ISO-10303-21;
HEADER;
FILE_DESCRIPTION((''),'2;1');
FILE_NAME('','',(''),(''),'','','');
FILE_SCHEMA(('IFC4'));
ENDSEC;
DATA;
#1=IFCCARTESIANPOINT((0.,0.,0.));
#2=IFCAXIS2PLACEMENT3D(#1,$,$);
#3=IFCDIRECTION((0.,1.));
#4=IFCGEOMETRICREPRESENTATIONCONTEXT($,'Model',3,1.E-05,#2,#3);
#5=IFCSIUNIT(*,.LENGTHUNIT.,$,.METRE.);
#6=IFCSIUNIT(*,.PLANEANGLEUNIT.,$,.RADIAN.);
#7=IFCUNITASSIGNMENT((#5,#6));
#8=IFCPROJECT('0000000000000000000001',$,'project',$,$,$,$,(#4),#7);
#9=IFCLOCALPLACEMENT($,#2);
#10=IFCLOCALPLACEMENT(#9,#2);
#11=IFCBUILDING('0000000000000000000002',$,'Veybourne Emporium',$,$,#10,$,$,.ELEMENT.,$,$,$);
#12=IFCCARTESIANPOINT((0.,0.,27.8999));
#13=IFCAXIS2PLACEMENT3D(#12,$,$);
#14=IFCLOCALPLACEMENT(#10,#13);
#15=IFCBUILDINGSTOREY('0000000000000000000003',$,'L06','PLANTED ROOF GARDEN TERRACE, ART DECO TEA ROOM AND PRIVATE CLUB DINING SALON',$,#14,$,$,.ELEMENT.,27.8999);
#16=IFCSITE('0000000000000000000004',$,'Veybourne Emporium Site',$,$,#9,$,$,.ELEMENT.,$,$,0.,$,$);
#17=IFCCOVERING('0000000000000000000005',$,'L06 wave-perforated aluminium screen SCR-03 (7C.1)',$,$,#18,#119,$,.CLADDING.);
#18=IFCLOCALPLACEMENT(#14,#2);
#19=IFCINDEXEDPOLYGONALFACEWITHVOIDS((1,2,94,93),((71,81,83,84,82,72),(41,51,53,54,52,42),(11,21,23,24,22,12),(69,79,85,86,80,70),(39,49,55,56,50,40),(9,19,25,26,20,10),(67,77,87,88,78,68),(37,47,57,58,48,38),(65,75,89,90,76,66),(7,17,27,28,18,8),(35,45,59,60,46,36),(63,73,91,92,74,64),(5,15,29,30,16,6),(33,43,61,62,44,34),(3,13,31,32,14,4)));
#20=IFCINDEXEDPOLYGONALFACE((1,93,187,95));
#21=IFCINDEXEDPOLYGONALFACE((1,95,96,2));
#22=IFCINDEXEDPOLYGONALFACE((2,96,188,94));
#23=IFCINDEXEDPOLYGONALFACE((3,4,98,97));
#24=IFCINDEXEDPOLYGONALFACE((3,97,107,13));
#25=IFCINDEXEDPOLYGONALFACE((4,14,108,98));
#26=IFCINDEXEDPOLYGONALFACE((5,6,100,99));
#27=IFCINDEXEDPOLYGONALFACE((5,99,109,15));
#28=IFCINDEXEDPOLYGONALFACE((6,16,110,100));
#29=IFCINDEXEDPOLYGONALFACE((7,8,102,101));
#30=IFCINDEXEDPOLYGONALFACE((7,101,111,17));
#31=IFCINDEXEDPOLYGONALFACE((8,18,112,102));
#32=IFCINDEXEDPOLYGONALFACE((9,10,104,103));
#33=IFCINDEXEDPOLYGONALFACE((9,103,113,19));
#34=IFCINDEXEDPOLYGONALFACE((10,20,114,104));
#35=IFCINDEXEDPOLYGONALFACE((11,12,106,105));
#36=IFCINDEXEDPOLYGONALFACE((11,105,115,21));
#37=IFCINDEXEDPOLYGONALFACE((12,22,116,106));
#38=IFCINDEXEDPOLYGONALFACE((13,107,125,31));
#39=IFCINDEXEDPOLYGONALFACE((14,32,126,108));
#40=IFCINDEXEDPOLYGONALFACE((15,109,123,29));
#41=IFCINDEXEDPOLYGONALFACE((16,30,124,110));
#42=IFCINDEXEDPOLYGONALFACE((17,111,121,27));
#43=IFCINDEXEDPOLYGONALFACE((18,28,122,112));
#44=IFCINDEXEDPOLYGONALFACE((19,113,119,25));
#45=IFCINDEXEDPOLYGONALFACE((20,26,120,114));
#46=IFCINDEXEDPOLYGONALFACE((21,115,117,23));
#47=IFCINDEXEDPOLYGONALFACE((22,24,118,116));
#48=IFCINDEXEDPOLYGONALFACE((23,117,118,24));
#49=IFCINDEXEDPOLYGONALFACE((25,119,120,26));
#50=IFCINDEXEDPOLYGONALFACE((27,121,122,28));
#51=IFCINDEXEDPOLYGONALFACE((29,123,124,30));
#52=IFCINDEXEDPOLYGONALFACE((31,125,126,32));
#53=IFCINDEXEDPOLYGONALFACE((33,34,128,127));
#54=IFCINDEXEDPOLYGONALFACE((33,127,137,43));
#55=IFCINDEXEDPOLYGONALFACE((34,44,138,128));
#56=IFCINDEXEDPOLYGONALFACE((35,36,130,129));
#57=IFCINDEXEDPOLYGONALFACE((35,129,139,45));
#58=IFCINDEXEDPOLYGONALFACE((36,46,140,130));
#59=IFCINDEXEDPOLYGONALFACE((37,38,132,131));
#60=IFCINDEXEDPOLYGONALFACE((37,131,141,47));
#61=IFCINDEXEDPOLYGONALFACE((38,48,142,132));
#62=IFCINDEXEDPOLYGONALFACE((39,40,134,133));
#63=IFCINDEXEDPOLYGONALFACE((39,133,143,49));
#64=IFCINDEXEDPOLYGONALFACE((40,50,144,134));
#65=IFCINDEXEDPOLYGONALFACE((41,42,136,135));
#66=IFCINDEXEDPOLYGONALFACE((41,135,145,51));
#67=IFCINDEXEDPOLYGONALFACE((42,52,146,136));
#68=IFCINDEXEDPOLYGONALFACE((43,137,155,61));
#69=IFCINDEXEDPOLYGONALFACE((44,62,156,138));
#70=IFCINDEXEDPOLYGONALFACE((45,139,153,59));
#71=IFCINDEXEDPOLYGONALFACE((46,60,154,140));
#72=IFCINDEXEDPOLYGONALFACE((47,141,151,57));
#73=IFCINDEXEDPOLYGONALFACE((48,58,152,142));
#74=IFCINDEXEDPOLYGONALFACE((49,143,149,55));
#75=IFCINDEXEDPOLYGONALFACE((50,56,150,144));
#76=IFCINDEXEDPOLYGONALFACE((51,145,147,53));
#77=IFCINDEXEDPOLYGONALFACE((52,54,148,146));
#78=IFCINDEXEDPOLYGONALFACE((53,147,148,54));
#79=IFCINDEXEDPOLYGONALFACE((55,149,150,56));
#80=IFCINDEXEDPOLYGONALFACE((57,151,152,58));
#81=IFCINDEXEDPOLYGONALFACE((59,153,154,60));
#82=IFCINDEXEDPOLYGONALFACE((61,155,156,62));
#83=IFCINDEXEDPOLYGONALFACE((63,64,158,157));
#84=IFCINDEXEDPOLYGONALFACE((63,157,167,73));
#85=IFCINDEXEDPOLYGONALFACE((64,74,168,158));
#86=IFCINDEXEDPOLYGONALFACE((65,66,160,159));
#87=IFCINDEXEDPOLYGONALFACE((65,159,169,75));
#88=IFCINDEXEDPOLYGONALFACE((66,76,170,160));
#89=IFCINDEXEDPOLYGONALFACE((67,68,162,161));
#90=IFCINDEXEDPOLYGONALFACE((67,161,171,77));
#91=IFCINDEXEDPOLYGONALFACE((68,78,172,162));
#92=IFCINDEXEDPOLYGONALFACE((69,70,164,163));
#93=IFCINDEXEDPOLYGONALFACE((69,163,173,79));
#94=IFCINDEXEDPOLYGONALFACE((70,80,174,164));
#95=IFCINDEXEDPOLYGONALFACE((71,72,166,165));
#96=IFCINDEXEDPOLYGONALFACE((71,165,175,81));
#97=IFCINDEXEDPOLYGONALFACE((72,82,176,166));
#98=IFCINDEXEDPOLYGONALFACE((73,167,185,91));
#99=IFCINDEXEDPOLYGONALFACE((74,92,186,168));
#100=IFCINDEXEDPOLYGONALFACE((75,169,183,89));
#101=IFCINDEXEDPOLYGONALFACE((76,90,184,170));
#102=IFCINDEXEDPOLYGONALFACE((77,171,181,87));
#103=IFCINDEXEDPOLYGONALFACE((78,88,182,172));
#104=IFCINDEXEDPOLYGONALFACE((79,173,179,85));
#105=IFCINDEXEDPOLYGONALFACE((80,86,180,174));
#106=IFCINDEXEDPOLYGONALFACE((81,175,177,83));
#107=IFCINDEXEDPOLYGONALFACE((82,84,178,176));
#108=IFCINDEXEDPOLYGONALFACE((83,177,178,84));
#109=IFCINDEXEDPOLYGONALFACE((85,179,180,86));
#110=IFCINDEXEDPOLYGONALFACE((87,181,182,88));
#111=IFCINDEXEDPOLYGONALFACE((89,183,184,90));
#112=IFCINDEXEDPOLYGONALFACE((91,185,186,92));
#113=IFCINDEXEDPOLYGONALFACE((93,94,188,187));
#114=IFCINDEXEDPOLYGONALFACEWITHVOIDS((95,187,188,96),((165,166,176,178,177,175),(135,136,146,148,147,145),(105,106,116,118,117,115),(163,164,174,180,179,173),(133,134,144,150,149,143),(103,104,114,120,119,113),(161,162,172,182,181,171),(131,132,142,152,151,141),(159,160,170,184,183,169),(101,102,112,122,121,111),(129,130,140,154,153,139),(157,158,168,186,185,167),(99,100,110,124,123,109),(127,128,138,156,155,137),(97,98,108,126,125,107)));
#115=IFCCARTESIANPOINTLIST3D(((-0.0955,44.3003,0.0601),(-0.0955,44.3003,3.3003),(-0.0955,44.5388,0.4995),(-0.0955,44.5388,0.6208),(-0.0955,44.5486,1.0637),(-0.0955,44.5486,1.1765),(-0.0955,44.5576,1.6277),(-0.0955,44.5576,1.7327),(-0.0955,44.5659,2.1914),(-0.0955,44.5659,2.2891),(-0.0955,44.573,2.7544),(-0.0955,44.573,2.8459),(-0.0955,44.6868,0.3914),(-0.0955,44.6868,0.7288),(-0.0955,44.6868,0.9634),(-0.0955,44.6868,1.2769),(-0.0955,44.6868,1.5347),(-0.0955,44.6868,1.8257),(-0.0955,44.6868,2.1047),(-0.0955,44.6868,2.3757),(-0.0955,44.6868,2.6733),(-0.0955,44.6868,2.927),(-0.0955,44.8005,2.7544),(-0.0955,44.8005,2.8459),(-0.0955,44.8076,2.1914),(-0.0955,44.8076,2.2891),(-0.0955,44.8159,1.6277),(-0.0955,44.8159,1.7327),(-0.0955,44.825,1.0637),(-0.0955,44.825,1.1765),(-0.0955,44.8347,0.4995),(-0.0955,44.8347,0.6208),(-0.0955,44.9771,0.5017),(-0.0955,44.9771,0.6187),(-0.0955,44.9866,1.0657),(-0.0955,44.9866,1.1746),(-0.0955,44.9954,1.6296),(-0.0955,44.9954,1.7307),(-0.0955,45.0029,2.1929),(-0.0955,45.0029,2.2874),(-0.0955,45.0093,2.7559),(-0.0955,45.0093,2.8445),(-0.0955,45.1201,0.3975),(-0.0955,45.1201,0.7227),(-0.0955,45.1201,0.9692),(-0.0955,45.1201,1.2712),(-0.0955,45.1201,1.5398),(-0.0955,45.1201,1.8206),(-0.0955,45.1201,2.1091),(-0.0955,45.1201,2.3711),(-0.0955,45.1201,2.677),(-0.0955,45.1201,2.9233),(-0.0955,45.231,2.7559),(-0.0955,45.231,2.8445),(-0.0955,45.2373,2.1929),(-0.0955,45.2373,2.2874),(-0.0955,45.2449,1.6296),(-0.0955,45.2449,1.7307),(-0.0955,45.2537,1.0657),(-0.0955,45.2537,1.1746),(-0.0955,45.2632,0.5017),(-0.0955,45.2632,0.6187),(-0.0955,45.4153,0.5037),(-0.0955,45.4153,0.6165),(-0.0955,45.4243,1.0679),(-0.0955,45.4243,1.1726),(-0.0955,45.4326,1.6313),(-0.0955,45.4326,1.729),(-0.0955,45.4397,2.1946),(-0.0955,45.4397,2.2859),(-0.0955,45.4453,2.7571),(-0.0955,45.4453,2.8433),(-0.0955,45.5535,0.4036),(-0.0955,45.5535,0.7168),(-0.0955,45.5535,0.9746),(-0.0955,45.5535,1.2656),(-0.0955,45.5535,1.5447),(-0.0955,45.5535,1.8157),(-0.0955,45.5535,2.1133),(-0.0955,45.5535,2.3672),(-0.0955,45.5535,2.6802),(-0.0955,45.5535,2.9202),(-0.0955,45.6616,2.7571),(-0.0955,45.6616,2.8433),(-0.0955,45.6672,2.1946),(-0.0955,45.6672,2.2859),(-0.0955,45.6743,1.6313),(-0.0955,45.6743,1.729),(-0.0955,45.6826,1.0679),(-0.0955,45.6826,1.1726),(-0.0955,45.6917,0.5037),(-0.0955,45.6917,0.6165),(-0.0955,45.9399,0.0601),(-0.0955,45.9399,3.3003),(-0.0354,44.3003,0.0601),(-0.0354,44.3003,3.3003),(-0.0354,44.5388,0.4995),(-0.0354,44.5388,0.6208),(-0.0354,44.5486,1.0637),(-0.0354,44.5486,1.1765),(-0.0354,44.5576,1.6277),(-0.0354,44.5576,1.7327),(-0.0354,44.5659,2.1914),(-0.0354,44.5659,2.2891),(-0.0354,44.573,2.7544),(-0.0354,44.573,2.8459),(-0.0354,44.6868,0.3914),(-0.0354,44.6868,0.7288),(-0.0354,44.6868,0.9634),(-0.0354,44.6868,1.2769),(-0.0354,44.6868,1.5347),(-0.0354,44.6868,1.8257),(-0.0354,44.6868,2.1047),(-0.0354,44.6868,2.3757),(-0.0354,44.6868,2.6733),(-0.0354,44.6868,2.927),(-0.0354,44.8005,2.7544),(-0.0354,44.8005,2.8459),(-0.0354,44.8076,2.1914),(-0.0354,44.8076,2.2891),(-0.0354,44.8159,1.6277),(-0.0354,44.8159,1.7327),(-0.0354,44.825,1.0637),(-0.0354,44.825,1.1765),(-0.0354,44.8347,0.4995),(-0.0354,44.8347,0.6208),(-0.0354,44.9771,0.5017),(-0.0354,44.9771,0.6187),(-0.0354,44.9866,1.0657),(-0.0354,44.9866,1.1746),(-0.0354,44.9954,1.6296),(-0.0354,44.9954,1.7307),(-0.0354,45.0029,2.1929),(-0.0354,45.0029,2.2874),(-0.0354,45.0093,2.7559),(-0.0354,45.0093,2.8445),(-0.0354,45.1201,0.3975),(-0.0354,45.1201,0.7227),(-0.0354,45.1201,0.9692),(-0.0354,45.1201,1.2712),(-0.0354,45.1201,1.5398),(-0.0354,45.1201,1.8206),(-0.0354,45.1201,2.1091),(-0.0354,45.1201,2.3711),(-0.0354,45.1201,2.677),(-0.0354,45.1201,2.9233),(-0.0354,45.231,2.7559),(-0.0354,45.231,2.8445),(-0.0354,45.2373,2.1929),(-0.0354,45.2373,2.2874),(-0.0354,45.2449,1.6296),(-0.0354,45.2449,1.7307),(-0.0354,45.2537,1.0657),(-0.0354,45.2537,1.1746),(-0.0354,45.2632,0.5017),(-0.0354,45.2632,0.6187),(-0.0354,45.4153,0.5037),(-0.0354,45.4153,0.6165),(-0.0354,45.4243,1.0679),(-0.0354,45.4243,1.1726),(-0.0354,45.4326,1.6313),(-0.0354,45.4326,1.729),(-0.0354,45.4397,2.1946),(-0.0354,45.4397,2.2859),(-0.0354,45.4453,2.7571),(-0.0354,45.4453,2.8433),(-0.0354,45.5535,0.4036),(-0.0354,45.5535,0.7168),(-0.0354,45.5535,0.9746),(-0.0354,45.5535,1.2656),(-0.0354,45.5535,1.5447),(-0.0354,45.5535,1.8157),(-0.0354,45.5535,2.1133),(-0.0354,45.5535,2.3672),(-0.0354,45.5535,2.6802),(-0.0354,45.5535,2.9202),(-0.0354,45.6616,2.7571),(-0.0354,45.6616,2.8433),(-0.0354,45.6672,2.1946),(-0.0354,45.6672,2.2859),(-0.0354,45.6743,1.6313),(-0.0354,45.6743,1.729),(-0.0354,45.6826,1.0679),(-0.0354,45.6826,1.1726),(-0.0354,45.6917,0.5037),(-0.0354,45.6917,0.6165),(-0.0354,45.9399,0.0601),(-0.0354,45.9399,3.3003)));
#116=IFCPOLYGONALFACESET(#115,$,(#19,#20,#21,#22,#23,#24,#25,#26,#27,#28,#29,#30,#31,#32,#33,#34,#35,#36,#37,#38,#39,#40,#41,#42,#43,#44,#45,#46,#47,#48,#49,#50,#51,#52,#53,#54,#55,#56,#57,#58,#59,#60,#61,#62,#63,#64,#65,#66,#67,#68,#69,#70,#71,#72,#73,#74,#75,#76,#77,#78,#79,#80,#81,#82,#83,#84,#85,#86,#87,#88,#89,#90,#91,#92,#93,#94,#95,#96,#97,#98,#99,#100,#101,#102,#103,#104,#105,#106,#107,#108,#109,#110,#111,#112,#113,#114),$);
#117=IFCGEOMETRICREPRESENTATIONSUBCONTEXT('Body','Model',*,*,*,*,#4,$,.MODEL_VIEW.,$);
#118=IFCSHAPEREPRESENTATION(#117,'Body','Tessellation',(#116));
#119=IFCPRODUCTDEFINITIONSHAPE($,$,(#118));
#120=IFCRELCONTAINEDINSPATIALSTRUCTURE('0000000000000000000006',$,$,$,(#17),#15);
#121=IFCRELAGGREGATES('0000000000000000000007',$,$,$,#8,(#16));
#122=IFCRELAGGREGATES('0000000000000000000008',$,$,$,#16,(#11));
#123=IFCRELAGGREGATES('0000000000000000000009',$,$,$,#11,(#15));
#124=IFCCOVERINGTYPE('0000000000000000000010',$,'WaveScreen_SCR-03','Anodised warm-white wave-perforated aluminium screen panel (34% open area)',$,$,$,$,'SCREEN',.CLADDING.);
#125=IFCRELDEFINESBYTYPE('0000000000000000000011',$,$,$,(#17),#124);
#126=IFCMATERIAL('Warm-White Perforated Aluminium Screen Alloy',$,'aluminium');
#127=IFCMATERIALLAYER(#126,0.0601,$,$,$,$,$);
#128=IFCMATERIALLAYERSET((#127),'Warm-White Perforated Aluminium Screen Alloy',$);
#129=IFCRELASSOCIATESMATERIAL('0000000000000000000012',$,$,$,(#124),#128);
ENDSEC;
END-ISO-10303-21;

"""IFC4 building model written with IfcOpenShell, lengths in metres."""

from ifc_helpers import new_model, si_unit, direction, frame, origin, place, context, subcontext, project, spatial, polyline, outline, extrude, material, layer, layer_set, type_object, element, save


model = new_model("IFC4")

# Units and contexts
model_context = context("Model", 3, precision=1e-05, world=origin(), true_north=direction((0.0, 1.0)))
body_context = subcontext(model_context, "Body", "Model", "MODEL_VIEW")
ifc_project = project(units=[si_unit("LENGTHUNIT", "METRE"), si_unit("PLANEANGLEUNIT", "RADIAN")], contexts=[model_context])

# Site, building, storey
site_placement = place(None, origin())
site = spatial("IfcSite", under=ifc_project, at=site_placement, Name="Veybourne Emporium Site", CompositionType="ELEMENT", RefElevation=0.0)
building_placement = place(site_placement, origin())
building = spatial("IfcBuilding", under=site, at=building_placement, Name="Veybourne Emporium", CompositionType="ELEMENT")
storey_placement = place(building_placement, frame((0.0, 0.0, 27.8999)))
storey = spatial("IfcBuildingStorey", under=building, at=storey_placement, Name="L06", Description="PLANTED ROOF GARDEN TERRACE, ART DECO TEA ROOM AND PRIVATE CLUB DINING SALON", CompositionType="ELEMENT", Elevation=27.8999)

# Covering
ifc_material_1 = material(Name="Warm-White Perforated Aluminium Screen Alloy", Category="aluminium")
ifc_layer_1 = layer(ifc_material_1, 0.0601)
ifc_layer_set_1 = layer_set([ifc_layer_1], Name="Warm-White Perforated Aluminium Screen Alloy")
covering_type_1 = type_object("IfcCoveringType", Name="WaveScreen_SCR-03", Description="Anodised warm-white wave-perforated aluminium screen panel (34% open area)", ElementType="SCREEN", PredefinedType="CLADDING", material=ifc_layer_set_1)
covering_1_placement = place(storey_placement, frame((-0.0955, 45.1201, 1.6802), z_axis=(1.0, 0.0, 0.0), x_axis=(0.0, 1.0, 0.0)))
element("IfcCovering", 1, at=covering_1_placement, inside=storey, type_object=covering_type_1, Name="L06 wave-perforated aluminium screen SCR-03 (7C.1)", PredefinedType="CLADDING", context=body_context, shape_type="SweptSolid", body=[
    extrude(outline(polyline([(-0.8198, -1.6201), (0.8198, -1.6201), (0.8198, 1.6201), (-0.8198, 1.6201), (-0.8198, -1.6201)]), holes=[polyline([(-0.4333, -0.9514), (-0.2854, -1.0593), (-0.2854, -1.1807), (-0.4333, -1.2888), (-0.5813, -1.1807), (-0.5813, -1.0593), (-0.4333, -0.9514)]), polyline([(-0.4333, -0.4033), (-0.2952, -0.5037), (-0.2952, -0.6165), (-0.4333, -0.7168), (-0.5715, -0.6165), (-0.5715, -0.5037), (-0.4333, -0.4033)]), polyline([(-0.4333, 0.1455), (-0.3042, 0.0525), (-0.3042, -0.0525), (-0.4333, -0.1455), (-0.5625, -0.0525), (-0.5625, 0.0525), (-0.4333, 0.1455)]), polyline([(-0.4333, 0.6956), (-0.3125, 0.6089), (-0.3125, 0.5112), (-0.4333, 0.4246), (-0.5542, 0.5112), (-0.5542, 0.6089), (-0.4333, 0.6956)]), polyline([(-0.4333, 1.2468), (-0.3196, 1.1658), (-0.3196, 1.0742), (-0.4333, 0.9932), (-0.5471, 1.0742), (-0.5471, 1.1658), (-0.4333, 1.2468)]), polyline([(0.0, -0.9575), (0.1431, -1.0615), (0.1431, -1.1785), (0.0, -1.2827), (-0.1431, -1.1785), (-0.1431, -1.0615), (0.0, -0.9575)]), polyline([(0.0, -0.4089), (0.1335, -0.5056), (0.1335, -0.6145), (0.0, -0.7109), (-0.1335, -0.6145), (-0.1335, -0.5056), (0.0, -0.4089)]), polyline([(0.0, 0.1404), (0.1248, 0.0505), (0.1248, -0.0505), (0.0, -0.1404), (-0.1248, -0.0505), (-0.1248, 0.0505), (0.0, 0.1404)]), polyline([(0.0, 0.6909), (0.1172, 0.6072), (0.1172, 0.5127), (0.0, 0.429), (-0.1172, 0.5127), (-0.1172, 0.6072), (0.0, 0.6909)]), polyline([(0.0, 1.2432), (0.1108, 1.1643), (0.1108, 1.0757), (0.0, 0.9968), (-0.1108, 1.0757), (-0.1108, 1.1643), (0.0, 1.2432)]), polyline([(0.4333, -0.9634), (0.5715, -1.0637), (0.5715, -1.1765), (0.4333, -1.2766), (0.2952, -1.1765), (0.2952, -1.0637), (0.4333, -0.9634)]), polyline([(0.4333, -0.4146), (0.5625, -0.5076), (0.5625, -0.6123), (0.4333, -0.7056), (0.3042, -0.6123), (0.3042, -0.5076), (0.4333, -0.4146)]), polyline([(0.4333, 0.1355), (0.5542, 0.0488), (0.5542, -0.0488), (0.4333, -0.1355), (0.3125, -0.0488), (0.3125, 0.0488), (0.4333, 0.1355)]), polyline([(0.4333, 0.687), (0.5471, 0.6057), (0.5471, 0.5144), (0.4333, 0.4331), (0.3196, 0.5144), (0.3196, 0.6057), (0.4333, 0.687)]), polyline([(0.4333, 1.24), (0.5415, 1.1631), (0.5415, 1.0769), (0.4333, 1.0), (0.3252, 1.0769), (0.3252, 1.1631), (0.4333, 1.24)])]), origin(), (0.0, 0.0, 1.0), 0.0601),
])

save(model, "model.ifc")
